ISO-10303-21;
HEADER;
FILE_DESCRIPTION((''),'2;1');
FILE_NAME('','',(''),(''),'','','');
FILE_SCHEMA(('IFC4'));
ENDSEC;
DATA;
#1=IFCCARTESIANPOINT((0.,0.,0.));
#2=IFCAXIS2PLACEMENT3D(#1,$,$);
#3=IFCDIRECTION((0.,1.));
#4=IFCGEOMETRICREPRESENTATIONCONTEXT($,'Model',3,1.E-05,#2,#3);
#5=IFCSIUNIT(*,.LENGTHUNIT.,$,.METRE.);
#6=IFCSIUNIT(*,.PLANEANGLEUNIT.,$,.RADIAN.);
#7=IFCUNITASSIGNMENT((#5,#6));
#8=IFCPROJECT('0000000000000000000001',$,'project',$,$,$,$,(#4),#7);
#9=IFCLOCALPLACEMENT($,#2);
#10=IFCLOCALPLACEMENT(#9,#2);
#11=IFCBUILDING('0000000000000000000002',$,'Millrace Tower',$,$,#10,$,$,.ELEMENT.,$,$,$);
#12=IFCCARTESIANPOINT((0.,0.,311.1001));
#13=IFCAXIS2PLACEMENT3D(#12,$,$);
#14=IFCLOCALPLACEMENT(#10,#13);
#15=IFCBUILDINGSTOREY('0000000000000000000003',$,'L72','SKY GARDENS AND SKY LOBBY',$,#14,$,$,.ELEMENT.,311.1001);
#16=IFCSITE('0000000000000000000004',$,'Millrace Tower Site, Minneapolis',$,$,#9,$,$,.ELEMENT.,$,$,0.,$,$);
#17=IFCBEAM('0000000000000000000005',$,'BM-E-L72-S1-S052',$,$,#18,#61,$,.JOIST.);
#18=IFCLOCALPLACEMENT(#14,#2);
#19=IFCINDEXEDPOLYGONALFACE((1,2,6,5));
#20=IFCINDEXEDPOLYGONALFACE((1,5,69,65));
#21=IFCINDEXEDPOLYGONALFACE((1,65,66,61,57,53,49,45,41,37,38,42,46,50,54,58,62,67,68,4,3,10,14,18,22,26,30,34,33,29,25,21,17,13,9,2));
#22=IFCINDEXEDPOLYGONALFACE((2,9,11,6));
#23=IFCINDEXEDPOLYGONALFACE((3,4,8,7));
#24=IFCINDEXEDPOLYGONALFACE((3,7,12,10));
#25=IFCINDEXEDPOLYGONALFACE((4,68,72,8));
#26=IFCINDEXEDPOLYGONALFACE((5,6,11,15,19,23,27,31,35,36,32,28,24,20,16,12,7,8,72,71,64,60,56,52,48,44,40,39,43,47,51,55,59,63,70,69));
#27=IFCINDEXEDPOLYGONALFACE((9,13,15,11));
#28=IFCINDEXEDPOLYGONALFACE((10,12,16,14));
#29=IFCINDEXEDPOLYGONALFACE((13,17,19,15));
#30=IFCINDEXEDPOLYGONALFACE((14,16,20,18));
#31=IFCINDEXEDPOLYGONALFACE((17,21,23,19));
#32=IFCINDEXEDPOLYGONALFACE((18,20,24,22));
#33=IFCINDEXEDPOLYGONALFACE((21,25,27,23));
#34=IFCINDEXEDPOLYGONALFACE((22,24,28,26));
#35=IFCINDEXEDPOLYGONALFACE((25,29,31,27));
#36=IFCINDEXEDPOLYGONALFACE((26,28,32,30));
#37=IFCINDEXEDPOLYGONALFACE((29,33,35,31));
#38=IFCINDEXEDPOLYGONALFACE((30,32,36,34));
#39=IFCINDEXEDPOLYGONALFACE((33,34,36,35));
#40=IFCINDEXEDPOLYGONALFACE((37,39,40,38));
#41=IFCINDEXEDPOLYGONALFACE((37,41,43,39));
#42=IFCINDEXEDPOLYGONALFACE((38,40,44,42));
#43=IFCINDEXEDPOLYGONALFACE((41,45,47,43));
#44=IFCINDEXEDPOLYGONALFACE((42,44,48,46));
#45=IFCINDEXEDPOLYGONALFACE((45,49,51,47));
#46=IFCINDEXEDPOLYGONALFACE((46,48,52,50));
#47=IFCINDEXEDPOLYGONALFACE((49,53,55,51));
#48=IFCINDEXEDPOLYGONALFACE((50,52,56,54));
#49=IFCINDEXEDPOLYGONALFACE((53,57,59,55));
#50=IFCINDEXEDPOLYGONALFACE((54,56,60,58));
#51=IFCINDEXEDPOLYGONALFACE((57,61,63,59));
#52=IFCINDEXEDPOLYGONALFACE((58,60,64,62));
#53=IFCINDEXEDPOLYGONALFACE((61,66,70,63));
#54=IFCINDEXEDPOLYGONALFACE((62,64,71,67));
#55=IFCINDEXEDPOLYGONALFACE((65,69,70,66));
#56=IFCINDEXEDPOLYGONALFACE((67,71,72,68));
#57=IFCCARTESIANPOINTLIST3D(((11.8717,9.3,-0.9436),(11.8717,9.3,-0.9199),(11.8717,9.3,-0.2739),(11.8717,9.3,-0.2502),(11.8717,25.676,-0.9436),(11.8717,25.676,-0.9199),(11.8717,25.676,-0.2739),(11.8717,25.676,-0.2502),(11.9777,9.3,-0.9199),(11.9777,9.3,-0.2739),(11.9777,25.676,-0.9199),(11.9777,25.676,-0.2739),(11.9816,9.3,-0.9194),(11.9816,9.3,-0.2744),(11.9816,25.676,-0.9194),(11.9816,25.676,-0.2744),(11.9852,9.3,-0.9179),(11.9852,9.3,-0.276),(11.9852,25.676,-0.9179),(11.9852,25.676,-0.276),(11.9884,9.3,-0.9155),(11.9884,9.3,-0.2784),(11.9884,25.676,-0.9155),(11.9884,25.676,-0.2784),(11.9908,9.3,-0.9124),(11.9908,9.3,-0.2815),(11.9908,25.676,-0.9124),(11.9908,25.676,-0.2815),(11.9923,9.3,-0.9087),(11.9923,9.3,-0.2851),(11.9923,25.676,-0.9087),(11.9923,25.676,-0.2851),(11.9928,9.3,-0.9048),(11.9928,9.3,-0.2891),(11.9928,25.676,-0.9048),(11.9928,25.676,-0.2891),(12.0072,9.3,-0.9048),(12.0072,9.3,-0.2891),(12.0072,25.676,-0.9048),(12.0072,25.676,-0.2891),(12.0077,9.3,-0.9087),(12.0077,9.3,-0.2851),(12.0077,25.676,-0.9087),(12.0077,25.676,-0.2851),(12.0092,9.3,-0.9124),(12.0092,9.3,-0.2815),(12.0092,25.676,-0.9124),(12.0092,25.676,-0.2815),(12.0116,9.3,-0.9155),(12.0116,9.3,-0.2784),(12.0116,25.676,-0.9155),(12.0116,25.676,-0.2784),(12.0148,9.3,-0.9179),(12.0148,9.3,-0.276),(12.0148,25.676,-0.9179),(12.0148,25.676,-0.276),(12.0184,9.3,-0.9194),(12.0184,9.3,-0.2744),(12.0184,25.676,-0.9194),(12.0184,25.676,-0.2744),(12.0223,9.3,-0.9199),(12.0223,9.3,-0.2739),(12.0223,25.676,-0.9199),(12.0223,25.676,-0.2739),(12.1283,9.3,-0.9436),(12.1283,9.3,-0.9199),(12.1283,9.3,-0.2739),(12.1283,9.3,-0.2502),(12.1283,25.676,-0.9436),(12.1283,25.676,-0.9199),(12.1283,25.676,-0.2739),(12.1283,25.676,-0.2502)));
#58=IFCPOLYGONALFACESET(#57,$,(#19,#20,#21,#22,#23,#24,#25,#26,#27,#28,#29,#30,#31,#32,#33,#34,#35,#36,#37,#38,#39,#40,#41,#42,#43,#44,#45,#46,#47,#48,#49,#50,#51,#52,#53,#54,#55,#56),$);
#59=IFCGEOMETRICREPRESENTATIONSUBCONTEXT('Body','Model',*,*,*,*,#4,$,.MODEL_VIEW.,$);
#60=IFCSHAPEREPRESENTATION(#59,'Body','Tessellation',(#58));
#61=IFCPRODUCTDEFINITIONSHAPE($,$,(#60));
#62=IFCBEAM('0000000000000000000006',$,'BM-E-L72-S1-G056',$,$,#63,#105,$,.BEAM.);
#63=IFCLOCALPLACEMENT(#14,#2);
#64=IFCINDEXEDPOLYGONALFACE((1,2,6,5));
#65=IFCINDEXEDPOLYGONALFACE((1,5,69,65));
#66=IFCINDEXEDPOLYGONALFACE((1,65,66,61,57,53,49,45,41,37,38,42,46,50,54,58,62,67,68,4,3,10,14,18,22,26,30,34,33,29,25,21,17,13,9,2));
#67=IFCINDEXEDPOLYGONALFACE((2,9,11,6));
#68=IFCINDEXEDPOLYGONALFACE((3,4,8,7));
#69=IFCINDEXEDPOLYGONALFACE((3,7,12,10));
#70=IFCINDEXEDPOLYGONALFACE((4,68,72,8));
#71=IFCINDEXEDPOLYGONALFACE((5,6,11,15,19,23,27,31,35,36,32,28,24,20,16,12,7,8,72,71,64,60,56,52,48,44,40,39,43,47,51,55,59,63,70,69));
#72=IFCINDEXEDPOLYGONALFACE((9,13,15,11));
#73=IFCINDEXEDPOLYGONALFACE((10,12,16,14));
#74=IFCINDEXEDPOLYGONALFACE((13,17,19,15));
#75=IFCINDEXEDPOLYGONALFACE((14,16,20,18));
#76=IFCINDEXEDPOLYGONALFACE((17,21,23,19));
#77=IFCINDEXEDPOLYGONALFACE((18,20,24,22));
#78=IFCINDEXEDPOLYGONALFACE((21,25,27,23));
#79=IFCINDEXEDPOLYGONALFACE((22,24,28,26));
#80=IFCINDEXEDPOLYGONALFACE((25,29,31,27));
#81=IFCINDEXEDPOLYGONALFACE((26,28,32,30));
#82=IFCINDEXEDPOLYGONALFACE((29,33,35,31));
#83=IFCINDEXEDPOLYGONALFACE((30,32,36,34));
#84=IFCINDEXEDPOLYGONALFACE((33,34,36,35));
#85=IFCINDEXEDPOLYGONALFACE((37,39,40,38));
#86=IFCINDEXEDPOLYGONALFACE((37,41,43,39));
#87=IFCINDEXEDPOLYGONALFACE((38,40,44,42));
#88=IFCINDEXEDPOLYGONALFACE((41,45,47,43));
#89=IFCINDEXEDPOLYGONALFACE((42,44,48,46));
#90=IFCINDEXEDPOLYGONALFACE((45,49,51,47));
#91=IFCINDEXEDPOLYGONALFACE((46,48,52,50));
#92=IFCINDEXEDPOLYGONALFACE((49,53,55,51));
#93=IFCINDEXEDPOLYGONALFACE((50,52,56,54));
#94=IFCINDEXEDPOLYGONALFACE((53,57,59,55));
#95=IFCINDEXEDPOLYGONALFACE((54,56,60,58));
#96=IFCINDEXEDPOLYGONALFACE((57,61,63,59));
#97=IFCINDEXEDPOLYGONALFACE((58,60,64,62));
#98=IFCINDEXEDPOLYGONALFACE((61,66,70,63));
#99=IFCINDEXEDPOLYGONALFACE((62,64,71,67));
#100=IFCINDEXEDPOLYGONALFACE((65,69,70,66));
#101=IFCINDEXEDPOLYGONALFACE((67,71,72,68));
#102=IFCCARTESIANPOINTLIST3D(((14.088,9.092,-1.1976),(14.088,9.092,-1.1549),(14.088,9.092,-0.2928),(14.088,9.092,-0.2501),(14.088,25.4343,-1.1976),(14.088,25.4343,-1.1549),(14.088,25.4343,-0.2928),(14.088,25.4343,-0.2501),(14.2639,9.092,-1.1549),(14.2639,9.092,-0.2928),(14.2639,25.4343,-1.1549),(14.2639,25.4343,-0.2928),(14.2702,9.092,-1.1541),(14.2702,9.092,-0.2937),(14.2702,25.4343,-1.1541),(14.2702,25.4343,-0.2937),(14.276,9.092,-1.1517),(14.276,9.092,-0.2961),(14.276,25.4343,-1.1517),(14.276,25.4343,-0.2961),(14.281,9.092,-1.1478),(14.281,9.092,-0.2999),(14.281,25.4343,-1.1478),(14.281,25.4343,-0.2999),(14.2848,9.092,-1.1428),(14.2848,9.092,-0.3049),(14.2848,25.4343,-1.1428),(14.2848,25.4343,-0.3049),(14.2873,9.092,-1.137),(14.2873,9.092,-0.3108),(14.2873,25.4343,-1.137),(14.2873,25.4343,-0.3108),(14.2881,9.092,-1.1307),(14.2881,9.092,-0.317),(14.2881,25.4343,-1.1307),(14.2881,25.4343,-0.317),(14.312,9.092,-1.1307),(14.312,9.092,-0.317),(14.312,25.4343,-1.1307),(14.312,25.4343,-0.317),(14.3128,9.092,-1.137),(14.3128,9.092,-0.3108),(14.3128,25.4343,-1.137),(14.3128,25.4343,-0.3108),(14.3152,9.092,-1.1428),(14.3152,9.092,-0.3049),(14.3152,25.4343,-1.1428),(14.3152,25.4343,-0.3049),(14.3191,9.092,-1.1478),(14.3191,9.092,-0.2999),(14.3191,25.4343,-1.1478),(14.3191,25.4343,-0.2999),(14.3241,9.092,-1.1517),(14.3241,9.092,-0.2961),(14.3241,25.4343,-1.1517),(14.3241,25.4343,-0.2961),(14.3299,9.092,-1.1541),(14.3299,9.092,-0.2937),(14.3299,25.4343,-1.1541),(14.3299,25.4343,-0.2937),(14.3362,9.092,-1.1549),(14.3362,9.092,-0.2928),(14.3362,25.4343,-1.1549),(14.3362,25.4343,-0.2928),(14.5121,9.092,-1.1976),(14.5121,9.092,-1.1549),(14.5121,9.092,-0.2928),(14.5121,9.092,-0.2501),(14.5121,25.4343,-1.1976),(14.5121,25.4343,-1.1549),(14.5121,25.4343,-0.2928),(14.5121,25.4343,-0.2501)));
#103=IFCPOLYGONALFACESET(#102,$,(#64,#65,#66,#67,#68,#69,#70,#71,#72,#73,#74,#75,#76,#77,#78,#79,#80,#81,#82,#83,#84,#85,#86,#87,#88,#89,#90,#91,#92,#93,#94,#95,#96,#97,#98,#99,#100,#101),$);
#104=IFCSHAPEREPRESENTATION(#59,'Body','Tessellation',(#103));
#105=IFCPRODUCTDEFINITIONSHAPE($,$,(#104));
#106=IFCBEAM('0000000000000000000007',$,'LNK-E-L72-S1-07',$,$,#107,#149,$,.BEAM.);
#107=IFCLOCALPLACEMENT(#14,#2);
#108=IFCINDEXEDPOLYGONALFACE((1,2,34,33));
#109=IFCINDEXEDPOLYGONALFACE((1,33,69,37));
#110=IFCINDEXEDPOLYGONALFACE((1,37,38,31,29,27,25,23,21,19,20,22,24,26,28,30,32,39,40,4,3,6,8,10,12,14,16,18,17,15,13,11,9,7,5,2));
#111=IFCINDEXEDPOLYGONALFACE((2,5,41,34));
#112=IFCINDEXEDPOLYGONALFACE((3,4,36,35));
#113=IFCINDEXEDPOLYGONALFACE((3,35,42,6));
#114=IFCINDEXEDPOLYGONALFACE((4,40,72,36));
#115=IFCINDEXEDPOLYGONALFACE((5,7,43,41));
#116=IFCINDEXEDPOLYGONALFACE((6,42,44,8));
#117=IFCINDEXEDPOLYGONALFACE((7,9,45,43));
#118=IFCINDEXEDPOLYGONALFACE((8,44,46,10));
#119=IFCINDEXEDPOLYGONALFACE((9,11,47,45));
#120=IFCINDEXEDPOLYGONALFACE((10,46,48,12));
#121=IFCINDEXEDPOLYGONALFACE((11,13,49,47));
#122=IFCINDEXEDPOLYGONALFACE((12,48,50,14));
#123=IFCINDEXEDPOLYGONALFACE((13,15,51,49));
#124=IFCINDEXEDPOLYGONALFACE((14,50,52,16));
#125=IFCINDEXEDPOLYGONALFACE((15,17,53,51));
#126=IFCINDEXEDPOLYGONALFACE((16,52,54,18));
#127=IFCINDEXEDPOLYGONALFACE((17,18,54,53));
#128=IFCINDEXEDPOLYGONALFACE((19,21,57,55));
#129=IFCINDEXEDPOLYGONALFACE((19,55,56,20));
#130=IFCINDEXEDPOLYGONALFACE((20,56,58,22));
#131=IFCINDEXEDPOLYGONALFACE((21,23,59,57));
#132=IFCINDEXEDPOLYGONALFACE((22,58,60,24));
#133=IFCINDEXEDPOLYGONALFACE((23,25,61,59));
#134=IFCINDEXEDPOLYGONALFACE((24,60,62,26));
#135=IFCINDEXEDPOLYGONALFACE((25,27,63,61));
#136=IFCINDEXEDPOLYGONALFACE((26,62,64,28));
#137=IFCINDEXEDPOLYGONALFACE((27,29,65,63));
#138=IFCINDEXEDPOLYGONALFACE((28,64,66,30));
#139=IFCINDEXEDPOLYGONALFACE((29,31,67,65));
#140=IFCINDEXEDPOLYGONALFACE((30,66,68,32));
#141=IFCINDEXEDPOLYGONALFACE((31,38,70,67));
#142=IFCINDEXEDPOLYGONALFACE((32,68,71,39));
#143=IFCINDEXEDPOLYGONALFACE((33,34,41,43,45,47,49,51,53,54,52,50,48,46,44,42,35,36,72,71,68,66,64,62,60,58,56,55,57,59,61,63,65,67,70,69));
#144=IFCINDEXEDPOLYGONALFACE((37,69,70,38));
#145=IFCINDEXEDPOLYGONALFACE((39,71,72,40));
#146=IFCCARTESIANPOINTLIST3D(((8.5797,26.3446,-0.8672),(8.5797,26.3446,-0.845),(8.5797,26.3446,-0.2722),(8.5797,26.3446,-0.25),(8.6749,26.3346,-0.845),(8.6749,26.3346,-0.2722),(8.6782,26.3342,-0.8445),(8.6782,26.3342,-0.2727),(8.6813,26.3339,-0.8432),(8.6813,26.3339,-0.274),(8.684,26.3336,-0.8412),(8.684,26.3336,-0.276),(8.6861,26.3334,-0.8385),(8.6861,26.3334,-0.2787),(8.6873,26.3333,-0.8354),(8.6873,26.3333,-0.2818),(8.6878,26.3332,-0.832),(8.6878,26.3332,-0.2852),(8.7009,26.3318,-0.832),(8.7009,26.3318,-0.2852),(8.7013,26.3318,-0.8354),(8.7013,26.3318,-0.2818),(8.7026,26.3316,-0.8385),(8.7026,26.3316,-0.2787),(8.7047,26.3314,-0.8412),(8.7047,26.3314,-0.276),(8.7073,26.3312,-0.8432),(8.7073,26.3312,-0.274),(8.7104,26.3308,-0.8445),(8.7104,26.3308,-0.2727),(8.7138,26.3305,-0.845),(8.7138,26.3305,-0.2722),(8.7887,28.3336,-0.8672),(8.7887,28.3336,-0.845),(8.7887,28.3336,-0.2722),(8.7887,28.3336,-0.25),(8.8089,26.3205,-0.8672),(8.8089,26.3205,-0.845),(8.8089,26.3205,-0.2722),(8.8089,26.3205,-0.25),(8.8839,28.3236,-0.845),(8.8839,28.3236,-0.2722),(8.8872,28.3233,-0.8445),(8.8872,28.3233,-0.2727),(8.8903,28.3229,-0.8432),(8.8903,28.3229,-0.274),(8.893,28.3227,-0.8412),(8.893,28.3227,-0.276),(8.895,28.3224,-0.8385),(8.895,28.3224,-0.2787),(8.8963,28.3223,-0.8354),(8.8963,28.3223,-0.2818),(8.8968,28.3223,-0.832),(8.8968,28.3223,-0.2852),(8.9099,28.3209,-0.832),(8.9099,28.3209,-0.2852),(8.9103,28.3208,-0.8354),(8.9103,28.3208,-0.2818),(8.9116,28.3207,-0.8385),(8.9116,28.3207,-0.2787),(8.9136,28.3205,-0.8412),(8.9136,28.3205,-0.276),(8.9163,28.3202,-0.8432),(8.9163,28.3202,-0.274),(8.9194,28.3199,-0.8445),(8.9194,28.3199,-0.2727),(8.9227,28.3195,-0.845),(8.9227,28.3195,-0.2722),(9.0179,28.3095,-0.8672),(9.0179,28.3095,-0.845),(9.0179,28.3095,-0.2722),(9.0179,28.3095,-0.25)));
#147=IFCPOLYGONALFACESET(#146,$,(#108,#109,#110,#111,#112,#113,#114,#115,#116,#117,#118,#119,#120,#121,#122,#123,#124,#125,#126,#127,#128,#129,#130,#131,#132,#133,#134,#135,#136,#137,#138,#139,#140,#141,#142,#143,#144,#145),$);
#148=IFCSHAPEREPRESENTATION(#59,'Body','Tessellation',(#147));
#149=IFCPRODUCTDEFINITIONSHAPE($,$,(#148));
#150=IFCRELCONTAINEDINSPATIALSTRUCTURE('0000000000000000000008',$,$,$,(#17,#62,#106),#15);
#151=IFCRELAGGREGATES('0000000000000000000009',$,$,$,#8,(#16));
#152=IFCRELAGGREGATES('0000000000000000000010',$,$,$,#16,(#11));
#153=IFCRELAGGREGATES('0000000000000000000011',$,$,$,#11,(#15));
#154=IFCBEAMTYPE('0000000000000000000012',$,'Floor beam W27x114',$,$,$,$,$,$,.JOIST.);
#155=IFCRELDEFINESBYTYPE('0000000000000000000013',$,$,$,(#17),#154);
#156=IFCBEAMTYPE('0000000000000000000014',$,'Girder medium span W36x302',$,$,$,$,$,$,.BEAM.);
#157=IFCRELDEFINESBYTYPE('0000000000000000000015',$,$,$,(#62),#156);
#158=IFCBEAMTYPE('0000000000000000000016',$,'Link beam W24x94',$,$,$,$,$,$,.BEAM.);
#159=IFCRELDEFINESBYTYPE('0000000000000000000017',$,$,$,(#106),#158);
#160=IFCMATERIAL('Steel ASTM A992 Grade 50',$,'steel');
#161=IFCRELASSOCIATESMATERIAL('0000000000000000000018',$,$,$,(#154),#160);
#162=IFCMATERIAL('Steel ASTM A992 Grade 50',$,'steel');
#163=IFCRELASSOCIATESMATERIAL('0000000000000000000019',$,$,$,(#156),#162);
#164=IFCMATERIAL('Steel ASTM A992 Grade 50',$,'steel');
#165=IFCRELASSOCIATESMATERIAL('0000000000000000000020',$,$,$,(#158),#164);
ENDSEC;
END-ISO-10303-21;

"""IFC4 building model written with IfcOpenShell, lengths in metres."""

from ifc_helpers import new_model, si_unit, direction, frame, origin, origin_2d, place, context, subcontext, project, spatial, i_section, extrude, material, material_profile, profile_set, type_object, element, save


model = new_model("IFC4")

# Units and contexts
model_context = context("Model", 3, precision=1e-05, world=origin(), true_north=direction((0.0, 1.0)))
body_context = subcontext(model_context, "Body", "Model", "MODEL_VIEW")
ifc_project = project(units=[si_unit("LENGTHUNIT", "METRE"), si_unit("PLANEANGLEUNIT", "RADIAN")], contexts=[model_context])

# Site, building, storey
site_placement = place(None, origin())
site = spatial("IfcSite", under=ifc_project, at=site_placement, Name="Millrace Tower Site, Minneapolis", CompositionType="ELEMENT", RefElevation=0.0)
building_placement = place(site_placement, origin())
building = spatial("IfcBuilding", under=site, at=building_placement, Name="Millrace Tower", CompositionType="ELEMENT")
storey_placement = place(building_placement, frame((0.0, 0.0, 311.1001)))
storey = spatial("IfcBuildingStorey", under=building, at=storey_placement, Name="L72", Description="SKY GARDENS AND SKY LOBBY", CompositionType="ELEMENT", Elevation=311.1001)

# Beams
ifc_material_1 = material(Name="Steel ASTM A992 Grade 50", Category="steel")
ifc_material_profile_1 = material_profile(ifc_material_1, i_section(OverallWidth=0.2566, OverallDepth=0.6934, WebThickness=0.0144, FlangeThickness=0.0237, FilletRadius=0.0151, at=origin_2d()))
ifc_profile_set_1 = profile_set([ifc_material_profile_1], Name="Steel ASTM A992 Grade 50")
beam_type_1 = type_object("IfcBeamType", Name="Floor beam W27x114", PredefinedType="JOIST", material=ifc_profile_set_1)
beam_1_placement = place(storey_placement, frame((12.0, 9.3, -0.5969), z_axis=(0.0, 1.0, 0.0), x_axis=(-1.0, 0.0, 0.0)))
element("IfcBeam", 1, at=beam_1_placement, inside=storey, type_object=beam_type_1, Name="BM-E-L72-S1-S052", PredefinedType="JOIST", context=body_context, shape_type="SweptSolid", body=[
    extrude(i_section(OverallWidth=0.2566, OverallDepth=0.6934, WebThickness=0.0144, FlangeThickness=0.0237, FilletRadius=0.0151, at=origin_2d()), origin(), (0.0, 0.0, 1.0), 16.376),
])
ifc_material_2 = material(Name="Steel ASTM A992 Grade 50", Category="steel")
ifc_material_profile_2 = material_profile(ifc_material_2, i_section(OverallWidth=0.4241, OverallDepth=0.9475, WebThickness=0.0239, FlangeThickness=0.0427, FilletRadius=0.0242, at=origin_2d()))
ifc_profile_set_2 = profile_set([ifc_material_profile_2], Name="Steel ASTM A992 Grade 50")
beam_type_2 = type_object("IfcBeamType", Name="Girder medium span W36x302", PredefinedType="BEAM", material=ifc_profile_set_2)
beam_2_placement = place(storey_placement, frame((14.3, 9.092, -0.7239), z_axis=(0.0, 1.0, 0.0), x_axis=(-1.0, 0.0, 0.0)))
element("IfcBeam", 2, at=beam_2_placement, inside=storey, type_object=beam_type_2, Name="BM-E-L72-S1-G056", PredefinedType="BEAM", context=body_context, shape_type="SweptSolid", body=[
    extrude(i_section(OverallWidth=0.4241, OverallDepth=0.9475, WebThickness=0.0239, FlangeThickness=0.0427, FilletRadius=0.0242, at=origin_2d()), origin(), (0.0, 0.0, 1.0), 16.3423),
])
ifc_material_3 = material(Name="Steel ASTM A992 Grade 50", Category="steel")
ifc_material_profile_3 = material_profile(ifc_material_3, i_section(OverallWidth=0.2305, OverallDepth=0.6172, WebThickness=0.0132, FlangeThickness=0.0222, FilletRadius=0.0129, at=origin_2d()))
ifc_profile_set_3 = profile_set([ifc_material_profile_3], Name="Steel ASTM A992 Grade 50")
beam_type_3 = type_object("IfcBeamType", Name="Link beam W24x94", PredefinedType="BEAM", material=ifc_profile_set_3)
beam_3_placement = place(storey_placement, frame((8.6943, 26.3325, -0.5586), z_axis=(0.104494, 0.994526, 0.0), x_axis=(-0.994526, 0.104494, 0.0)))
element("IfcBeam", 3, at=beam_3_placement, inside=storey, type_object=beam_type_3, Name="LNK-E-L72-S1-07", PredefinedType="BEAM", context=body_context, shape_type="SweptSolid", body=[
    extrude(i_section(OverallWidth=0.2305, OverallDepth=0.6172, WebThickness=0.0132, FlangeThickness=0.0222, FilletRadius=0.0129, at=origin_2d()), origin(), (0.0, 0.0, 1.0), 2.0),
])

save(model, "model.ifc")
